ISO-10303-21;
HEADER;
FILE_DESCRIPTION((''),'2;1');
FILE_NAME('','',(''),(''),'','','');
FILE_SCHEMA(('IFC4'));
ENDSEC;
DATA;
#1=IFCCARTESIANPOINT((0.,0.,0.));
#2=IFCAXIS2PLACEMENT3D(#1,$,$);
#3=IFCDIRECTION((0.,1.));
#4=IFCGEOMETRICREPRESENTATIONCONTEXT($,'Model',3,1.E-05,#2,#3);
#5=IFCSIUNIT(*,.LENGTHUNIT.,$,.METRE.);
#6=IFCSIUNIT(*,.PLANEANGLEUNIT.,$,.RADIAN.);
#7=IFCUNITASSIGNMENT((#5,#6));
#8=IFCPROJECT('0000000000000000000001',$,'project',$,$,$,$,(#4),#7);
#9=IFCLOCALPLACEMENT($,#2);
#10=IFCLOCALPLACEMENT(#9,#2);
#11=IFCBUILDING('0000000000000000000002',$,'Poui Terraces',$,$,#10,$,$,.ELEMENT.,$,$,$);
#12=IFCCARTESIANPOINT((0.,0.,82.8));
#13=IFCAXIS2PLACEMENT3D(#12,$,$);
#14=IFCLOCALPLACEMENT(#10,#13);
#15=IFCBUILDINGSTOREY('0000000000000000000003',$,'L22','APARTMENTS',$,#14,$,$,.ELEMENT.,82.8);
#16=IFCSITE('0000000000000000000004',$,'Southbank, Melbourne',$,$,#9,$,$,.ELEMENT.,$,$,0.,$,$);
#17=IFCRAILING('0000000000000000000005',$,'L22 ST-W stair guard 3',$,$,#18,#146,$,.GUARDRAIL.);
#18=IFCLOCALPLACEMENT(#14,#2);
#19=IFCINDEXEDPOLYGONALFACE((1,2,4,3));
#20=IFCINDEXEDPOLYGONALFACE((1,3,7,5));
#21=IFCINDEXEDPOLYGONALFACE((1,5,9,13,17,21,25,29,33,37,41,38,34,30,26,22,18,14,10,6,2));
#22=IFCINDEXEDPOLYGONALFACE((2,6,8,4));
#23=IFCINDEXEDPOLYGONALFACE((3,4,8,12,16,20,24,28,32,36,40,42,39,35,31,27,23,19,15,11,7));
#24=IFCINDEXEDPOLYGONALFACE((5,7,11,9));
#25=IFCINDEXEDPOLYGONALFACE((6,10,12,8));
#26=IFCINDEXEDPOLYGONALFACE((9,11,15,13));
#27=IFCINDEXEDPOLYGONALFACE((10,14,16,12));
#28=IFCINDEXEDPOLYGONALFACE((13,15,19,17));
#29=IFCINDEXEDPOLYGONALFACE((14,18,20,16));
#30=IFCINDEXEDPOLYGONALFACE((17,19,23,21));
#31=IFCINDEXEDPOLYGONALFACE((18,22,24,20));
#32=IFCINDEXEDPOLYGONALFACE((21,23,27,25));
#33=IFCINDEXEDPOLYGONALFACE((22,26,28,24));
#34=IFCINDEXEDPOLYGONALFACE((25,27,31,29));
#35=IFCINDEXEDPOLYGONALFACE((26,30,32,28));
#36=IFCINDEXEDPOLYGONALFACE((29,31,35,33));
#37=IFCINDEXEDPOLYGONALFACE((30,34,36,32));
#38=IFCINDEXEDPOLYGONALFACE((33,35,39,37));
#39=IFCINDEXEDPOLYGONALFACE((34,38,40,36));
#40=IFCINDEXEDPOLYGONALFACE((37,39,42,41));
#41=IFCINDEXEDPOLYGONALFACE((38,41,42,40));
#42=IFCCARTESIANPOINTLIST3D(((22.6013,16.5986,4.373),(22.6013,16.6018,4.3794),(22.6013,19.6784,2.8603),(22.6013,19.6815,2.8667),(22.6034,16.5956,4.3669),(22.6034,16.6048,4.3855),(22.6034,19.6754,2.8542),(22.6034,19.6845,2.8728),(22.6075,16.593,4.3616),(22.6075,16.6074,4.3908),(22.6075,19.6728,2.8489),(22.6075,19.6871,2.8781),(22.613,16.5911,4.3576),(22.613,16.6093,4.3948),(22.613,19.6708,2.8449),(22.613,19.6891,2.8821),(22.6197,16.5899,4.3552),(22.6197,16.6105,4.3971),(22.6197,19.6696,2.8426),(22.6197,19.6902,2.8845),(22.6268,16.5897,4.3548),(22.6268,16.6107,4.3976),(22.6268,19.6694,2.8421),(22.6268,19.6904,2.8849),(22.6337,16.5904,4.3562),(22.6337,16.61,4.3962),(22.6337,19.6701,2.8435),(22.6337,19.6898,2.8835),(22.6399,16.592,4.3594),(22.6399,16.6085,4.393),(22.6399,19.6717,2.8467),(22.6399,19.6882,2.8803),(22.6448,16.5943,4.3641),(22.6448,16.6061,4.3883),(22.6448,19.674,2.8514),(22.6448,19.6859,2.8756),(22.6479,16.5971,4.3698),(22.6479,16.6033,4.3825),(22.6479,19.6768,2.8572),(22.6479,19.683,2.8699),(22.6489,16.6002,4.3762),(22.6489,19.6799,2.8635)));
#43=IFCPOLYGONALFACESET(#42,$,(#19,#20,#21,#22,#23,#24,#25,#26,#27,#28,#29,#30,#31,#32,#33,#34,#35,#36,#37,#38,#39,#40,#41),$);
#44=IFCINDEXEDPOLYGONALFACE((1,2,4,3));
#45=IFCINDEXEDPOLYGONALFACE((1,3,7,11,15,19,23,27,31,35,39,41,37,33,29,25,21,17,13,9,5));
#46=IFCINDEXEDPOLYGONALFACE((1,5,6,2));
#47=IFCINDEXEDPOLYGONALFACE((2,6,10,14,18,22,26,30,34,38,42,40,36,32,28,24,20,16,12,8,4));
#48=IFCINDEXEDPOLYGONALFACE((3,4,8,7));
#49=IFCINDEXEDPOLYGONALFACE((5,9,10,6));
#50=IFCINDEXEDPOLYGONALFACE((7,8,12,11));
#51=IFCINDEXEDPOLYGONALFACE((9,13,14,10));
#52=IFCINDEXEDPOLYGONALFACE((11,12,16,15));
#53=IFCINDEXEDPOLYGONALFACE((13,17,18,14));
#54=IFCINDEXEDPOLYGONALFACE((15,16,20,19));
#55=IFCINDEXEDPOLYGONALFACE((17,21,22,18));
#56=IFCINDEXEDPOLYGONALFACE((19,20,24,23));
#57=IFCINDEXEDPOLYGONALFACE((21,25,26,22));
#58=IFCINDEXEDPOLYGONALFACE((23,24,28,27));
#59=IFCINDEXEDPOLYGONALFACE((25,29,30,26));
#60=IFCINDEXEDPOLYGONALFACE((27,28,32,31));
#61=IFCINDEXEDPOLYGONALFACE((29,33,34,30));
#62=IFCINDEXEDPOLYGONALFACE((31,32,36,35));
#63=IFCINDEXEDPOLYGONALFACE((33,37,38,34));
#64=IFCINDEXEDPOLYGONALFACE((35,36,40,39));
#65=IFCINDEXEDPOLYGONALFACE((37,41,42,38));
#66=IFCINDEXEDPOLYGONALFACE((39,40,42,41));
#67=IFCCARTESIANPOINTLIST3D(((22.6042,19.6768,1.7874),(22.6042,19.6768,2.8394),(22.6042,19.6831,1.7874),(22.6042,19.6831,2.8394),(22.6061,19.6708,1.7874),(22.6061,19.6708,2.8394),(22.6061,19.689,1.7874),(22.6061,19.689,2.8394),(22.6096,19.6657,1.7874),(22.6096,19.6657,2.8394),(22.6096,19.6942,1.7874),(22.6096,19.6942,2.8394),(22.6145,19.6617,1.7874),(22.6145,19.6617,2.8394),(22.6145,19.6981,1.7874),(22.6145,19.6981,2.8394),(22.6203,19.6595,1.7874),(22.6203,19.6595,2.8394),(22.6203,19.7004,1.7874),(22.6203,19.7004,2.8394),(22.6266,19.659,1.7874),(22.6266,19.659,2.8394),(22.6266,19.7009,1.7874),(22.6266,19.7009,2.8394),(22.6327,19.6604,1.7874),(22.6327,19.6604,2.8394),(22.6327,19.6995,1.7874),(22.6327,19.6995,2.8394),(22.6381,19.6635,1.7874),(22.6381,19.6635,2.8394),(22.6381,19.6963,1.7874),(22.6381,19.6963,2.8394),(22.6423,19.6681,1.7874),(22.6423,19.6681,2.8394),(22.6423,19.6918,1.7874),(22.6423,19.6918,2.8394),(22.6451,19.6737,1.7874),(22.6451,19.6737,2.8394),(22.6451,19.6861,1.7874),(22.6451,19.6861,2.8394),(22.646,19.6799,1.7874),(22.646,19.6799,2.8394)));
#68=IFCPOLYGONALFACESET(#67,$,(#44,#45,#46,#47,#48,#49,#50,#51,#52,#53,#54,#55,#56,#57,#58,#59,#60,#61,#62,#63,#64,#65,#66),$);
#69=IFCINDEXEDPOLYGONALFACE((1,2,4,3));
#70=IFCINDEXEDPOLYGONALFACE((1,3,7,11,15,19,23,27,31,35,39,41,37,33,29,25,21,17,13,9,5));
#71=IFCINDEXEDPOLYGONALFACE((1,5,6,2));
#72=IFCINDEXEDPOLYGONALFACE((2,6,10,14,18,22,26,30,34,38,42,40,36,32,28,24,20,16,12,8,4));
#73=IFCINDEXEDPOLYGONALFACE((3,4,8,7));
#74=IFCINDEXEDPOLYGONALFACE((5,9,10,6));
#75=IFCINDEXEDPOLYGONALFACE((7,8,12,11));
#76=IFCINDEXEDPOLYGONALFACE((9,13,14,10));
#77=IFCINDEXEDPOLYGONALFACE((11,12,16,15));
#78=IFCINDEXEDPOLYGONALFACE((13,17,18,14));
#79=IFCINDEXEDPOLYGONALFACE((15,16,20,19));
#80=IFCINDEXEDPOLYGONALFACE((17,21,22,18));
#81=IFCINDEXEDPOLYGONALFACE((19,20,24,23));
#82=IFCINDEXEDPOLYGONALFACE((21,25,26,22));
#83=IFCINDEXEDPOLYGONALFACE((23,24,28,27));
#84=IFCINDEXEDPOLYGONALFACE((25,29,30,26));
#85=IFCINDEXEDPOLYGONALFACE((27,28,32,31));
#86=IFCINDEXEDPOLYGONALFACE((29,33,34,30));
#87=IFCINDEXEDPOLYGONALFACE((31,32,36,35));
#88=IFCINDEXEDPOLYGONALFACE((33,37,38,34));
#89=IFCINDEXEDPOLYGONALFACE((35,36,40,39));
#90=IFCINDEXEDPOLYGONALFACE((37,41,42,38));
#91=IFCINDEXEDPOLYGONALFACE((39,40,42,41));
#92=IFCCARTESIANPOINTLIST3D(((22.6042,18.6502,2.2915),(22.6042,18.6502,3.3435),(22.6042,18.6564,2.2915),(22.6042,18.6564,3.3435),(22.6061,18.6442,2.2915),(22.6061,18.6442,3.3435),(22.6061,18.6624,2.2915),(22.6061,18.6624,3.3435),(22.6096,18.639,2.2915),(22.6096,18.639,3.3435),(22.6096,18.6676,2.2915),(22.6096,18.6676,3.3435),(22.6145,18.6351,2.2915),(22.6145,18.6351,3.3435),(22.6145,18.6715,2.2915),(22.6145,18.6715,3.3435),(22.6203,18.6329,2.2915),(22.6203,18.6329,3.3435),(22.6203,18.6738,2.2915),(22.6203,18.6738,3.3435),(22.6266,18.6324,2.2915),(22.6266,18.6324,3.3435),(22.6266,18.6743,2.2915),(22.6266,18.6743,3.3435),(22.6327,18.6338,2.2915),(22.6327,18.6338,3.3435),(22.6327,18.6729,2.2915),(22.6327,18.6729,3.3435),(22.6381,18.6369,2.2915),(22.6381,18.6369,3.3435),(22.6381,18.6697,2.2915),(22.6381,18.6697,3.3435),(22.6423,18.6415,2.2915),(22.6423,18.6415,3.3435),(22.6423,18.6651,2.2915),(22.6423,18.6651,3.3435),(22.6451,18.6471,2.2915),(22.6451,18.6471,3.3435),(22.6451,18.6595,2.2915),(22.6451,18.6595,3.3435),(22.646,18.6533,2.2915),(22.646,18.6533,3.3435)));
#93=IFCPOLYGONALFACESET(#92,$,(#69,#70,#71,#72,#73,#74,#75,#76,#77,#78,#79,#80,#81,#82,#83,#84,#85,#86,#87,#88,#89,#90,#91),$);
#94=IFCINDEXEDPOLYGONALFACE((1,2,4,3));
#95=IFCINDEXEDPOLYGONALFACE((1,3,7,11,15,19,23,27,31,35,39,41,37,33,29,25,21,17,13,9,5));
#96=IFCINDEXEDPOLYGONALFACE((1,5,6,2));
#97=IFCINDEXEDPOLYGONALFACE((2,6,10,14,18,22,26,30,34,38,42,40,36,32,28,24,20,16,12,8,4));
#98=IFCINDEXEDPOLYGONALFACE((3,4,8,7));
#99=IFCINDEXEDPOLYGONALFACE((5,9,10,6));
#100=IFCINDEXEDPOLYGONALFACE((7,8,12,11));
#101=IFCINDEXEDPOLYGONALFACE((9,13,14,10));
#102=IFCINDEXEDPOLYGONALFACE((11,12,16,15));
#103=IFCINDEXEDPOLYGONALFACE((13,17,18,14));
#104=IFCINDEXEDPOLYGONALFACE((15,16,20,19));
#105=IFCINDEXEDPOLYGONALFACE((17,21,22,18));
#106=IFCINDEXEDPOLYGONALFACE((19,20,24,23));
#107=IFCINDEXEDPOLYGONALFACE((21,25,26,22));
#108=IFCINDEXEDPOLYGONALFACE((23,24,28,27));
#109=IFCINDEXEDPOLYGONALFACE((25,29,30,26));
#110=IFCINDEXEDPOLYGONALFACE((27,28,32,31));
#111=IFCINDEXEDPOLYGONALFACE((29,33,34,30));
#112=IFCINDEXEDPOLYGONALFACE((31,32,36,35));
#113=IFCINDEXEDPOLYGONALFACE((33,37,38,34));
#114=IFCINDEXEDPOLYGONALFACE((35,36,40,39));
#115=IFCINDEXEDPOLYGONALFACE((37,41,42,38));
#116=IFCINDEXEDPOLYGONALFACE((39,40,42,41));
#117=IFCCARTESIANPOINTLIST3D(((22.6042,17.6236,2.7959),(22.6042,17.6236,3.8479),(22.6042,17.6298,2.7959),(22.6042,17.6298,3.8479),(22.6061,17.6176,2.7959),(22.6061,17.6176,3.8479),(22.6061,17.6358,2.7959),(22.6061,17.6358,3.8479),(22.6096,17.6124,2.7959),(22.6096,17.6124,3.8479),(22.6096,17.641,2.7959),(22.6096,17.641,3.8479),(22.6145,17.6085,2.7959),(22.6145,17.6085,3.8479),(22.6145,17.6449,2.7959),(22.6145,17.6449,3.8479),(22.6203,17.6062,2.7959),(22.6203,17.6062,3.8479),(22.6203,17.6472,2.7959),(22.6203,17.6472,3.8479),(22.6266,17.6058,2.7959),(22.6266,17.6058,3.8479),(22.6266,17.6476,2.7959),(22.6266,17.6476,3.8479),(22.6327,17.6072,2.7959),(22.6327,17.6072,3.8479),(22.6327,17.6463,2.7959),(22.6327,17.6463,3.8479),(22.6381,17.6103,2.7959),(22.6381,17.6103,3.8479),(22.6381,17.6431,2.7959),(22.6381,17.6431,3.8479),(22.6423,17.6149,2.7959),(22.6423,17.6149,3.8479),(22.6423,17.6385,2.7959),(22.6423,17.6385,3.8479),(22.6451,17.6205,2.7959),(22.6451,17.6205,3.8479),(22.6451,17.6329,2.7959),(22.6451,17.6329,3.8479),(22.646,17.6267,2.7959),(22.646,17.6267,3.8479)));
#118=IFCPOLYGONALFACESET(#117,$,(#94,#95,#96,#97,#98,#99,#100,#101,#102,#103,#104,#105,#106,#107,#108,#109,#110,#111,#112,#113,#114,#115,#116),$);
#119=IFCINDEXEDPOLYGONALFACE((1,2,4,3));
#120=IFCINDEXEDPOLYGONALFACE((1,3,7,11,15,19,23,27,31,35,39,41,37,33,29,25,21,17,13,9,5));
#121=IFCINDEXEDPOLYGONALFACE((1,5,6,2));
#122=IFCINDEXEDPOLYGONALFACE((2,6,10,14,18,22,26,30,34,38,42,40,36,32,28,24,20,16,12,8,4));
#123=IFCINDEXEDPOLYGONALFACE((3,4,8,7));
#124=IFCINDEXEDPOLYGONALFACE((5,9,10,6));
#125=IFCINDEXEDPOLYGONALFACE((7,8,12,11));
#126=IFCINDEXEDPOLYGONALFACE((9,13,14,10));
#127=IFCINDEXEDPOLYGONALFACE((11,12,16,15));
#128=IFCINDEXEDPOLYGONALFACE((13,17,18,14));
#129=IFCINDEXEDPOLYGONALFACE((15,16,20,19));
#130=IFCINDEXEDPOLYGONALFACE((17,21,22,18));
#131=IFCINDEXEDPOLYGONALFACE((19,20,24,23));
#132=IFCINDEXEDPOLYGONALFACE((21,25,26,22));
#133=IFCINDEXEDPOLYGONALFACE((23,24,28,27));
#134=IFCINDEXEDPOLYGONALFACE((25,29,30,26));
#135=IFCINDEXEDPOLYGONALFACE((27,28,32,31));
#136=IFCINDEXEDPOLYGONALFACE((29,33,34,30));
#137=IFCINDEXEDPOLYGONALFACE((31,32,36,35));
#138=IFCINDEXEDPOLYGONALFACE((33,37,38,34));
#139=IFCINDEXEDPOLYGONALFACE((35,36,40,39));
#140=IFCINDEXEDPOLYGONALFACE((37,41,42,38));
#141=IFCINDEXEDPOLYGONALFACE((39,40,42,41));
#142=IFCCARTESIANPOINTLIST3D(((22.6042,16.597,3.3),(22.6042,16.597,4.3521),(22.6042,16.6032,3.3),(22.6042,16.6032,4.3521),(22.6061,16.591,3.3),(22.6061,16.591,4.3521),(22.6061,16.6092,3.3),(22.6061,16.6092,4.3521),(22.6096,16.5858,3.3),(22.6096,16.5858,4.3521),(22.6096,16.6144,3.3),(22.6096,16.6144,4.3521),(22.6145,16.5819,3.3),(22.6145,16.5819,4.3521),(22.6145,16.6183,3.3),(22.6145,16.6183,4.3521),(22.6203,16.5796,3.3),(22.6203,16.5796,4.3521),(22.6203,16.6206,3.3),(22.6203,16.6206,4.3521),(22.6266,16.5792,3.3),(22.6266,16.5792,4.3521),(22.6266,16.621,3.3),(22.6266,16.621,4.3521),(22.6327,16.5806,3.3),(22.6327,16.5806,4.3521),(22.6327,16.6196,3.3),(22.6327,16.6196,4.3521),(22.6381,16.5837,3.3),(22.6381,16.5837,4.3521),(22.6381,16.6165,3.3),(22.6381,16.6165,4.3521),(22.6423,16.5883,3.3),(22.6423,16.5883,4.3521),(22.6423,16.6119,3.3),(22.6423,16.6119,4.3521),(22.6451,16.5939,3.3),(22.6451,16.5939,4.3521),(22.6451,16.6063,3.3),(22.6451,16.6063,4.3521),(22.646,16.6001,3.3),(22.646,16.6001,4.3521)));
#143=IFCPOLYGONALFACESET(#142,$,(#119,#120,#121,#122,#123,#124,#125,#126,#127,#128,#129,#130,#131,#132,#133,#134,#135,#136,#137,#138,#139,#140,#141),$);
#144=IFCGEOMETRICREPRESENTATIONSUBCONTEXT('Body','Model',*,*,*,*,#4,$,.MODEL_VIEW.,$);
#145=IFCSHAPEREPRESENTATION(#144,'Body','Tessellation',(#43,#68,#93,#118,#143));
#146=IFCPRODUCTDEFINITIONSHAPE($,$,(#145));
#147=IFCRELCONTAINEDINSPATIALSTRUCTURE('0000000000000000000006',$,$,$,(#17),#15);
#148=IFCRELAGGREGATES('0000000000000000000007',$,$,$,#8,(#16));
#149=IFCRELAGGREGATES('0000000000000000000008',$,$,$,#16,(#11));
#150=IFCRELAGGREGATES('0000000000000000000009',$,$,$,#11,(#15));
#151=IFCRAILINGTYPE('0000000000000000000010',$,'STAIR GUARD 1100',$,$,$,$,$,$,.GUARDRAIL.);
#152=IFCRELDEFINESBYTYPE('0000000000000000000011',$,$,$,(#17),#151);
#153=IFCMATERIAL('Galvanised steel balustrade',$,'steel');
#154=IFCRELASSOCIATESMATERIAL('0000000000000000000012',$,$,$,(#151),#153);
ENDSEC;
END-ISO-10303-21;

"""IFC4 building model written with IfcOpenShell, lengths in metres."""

from ifc_helpers import new_model, si_unit, direction, frame, origin, origin_2d, place, context, subcontext, project, spatial, circle, extrude, material, type_object, element, save


model = new_model("IFC4")

# Units and contexts
model_context = context("Model", 3, precision=1e-05, world=origin(), true_north=direction((0.0, 1.0)))
body_context = subcontext(model_context, "Body", "Model", "MODEL_VIEW")
ifc_project = project(units=[si_unit("LENGTHUNIT", "METRE"), si_unit("PLANEANGLEUNIT", "RADIAN")], contexts=[model_context])

# Site, building, storey
site_placement = place(None, origin())
site = spatial("IfcSite", under=ifc_project, at=site_placement, Name="Southbank, Melbourne", CompositionType="ELEMENT", RefElevation=0.0)
building_placement = place(site_placement, origin())
building = spatial("IfcBuilding", under=site, at=building_placement, Name="Poui Terraces", CompositionType="ELEMENT")
storey_placement = place(building_placement, frame((0.0, 0.0, 82.8)))
storey = spatial("IfcBuildingStorey", under=building, at=storey_placement, Name="L22", Description="APARTMENTS", CompositionType="ELEMENT", Elevation=82.8)

# Railing
ifc_material_1 = material(Name="Galvanised steel balustrade", Category="steel")
railing_type_1 = type_object("IfcRailingType", Name="STAIR GUARD 1100", PredefinedType="GUARDRAIL", material=ifc_material_1)
railing_1_placement = place(storey_placement, frame((22.625, 19.6799, 1.7874)))
element("IfcRailing", 1, at=railing_1_placement, inside=storey, type_object=railing_type_1, Name="L22 ST-W stair guard 3", PredefinedType="GUARDRAIL", context=body_context, shape_type="SweptSolid", body=[
    extrude(circle(Radius=0.0239, at=origin_2d()), frame((0.0, 0.0, 1.0762), z_axis=(0.0, -0.897578, 0.440856), x_axis=(1.0, 0.0, 0.0)), (0.0, 0.0, 1.0), 3.4312),
    extrude(circle(Radius=0.021, at=origin_2d()), origin(), (0.0, 0.0, 1.0), 1.052),
    extrude(circle(Radius=0.021, at=origin_2d()), frame((0.0, -1.0266, 0.5042)), (0.0, 0.0, 1.0), 1.052),
    extrude(circle(Radius=0.021, at=origin_2d()), frame((0.0, -2.0532, 1.0085)), (0.0, 0.0, 1.0), 1.052),
    extrude(circle(Radius=0.021, at=origin_2d()), frame((0.0, -3.0798, 1.5127)), (0.0, 0.0, 1.0), 1.052),
])

save(model, "model.ifc")
